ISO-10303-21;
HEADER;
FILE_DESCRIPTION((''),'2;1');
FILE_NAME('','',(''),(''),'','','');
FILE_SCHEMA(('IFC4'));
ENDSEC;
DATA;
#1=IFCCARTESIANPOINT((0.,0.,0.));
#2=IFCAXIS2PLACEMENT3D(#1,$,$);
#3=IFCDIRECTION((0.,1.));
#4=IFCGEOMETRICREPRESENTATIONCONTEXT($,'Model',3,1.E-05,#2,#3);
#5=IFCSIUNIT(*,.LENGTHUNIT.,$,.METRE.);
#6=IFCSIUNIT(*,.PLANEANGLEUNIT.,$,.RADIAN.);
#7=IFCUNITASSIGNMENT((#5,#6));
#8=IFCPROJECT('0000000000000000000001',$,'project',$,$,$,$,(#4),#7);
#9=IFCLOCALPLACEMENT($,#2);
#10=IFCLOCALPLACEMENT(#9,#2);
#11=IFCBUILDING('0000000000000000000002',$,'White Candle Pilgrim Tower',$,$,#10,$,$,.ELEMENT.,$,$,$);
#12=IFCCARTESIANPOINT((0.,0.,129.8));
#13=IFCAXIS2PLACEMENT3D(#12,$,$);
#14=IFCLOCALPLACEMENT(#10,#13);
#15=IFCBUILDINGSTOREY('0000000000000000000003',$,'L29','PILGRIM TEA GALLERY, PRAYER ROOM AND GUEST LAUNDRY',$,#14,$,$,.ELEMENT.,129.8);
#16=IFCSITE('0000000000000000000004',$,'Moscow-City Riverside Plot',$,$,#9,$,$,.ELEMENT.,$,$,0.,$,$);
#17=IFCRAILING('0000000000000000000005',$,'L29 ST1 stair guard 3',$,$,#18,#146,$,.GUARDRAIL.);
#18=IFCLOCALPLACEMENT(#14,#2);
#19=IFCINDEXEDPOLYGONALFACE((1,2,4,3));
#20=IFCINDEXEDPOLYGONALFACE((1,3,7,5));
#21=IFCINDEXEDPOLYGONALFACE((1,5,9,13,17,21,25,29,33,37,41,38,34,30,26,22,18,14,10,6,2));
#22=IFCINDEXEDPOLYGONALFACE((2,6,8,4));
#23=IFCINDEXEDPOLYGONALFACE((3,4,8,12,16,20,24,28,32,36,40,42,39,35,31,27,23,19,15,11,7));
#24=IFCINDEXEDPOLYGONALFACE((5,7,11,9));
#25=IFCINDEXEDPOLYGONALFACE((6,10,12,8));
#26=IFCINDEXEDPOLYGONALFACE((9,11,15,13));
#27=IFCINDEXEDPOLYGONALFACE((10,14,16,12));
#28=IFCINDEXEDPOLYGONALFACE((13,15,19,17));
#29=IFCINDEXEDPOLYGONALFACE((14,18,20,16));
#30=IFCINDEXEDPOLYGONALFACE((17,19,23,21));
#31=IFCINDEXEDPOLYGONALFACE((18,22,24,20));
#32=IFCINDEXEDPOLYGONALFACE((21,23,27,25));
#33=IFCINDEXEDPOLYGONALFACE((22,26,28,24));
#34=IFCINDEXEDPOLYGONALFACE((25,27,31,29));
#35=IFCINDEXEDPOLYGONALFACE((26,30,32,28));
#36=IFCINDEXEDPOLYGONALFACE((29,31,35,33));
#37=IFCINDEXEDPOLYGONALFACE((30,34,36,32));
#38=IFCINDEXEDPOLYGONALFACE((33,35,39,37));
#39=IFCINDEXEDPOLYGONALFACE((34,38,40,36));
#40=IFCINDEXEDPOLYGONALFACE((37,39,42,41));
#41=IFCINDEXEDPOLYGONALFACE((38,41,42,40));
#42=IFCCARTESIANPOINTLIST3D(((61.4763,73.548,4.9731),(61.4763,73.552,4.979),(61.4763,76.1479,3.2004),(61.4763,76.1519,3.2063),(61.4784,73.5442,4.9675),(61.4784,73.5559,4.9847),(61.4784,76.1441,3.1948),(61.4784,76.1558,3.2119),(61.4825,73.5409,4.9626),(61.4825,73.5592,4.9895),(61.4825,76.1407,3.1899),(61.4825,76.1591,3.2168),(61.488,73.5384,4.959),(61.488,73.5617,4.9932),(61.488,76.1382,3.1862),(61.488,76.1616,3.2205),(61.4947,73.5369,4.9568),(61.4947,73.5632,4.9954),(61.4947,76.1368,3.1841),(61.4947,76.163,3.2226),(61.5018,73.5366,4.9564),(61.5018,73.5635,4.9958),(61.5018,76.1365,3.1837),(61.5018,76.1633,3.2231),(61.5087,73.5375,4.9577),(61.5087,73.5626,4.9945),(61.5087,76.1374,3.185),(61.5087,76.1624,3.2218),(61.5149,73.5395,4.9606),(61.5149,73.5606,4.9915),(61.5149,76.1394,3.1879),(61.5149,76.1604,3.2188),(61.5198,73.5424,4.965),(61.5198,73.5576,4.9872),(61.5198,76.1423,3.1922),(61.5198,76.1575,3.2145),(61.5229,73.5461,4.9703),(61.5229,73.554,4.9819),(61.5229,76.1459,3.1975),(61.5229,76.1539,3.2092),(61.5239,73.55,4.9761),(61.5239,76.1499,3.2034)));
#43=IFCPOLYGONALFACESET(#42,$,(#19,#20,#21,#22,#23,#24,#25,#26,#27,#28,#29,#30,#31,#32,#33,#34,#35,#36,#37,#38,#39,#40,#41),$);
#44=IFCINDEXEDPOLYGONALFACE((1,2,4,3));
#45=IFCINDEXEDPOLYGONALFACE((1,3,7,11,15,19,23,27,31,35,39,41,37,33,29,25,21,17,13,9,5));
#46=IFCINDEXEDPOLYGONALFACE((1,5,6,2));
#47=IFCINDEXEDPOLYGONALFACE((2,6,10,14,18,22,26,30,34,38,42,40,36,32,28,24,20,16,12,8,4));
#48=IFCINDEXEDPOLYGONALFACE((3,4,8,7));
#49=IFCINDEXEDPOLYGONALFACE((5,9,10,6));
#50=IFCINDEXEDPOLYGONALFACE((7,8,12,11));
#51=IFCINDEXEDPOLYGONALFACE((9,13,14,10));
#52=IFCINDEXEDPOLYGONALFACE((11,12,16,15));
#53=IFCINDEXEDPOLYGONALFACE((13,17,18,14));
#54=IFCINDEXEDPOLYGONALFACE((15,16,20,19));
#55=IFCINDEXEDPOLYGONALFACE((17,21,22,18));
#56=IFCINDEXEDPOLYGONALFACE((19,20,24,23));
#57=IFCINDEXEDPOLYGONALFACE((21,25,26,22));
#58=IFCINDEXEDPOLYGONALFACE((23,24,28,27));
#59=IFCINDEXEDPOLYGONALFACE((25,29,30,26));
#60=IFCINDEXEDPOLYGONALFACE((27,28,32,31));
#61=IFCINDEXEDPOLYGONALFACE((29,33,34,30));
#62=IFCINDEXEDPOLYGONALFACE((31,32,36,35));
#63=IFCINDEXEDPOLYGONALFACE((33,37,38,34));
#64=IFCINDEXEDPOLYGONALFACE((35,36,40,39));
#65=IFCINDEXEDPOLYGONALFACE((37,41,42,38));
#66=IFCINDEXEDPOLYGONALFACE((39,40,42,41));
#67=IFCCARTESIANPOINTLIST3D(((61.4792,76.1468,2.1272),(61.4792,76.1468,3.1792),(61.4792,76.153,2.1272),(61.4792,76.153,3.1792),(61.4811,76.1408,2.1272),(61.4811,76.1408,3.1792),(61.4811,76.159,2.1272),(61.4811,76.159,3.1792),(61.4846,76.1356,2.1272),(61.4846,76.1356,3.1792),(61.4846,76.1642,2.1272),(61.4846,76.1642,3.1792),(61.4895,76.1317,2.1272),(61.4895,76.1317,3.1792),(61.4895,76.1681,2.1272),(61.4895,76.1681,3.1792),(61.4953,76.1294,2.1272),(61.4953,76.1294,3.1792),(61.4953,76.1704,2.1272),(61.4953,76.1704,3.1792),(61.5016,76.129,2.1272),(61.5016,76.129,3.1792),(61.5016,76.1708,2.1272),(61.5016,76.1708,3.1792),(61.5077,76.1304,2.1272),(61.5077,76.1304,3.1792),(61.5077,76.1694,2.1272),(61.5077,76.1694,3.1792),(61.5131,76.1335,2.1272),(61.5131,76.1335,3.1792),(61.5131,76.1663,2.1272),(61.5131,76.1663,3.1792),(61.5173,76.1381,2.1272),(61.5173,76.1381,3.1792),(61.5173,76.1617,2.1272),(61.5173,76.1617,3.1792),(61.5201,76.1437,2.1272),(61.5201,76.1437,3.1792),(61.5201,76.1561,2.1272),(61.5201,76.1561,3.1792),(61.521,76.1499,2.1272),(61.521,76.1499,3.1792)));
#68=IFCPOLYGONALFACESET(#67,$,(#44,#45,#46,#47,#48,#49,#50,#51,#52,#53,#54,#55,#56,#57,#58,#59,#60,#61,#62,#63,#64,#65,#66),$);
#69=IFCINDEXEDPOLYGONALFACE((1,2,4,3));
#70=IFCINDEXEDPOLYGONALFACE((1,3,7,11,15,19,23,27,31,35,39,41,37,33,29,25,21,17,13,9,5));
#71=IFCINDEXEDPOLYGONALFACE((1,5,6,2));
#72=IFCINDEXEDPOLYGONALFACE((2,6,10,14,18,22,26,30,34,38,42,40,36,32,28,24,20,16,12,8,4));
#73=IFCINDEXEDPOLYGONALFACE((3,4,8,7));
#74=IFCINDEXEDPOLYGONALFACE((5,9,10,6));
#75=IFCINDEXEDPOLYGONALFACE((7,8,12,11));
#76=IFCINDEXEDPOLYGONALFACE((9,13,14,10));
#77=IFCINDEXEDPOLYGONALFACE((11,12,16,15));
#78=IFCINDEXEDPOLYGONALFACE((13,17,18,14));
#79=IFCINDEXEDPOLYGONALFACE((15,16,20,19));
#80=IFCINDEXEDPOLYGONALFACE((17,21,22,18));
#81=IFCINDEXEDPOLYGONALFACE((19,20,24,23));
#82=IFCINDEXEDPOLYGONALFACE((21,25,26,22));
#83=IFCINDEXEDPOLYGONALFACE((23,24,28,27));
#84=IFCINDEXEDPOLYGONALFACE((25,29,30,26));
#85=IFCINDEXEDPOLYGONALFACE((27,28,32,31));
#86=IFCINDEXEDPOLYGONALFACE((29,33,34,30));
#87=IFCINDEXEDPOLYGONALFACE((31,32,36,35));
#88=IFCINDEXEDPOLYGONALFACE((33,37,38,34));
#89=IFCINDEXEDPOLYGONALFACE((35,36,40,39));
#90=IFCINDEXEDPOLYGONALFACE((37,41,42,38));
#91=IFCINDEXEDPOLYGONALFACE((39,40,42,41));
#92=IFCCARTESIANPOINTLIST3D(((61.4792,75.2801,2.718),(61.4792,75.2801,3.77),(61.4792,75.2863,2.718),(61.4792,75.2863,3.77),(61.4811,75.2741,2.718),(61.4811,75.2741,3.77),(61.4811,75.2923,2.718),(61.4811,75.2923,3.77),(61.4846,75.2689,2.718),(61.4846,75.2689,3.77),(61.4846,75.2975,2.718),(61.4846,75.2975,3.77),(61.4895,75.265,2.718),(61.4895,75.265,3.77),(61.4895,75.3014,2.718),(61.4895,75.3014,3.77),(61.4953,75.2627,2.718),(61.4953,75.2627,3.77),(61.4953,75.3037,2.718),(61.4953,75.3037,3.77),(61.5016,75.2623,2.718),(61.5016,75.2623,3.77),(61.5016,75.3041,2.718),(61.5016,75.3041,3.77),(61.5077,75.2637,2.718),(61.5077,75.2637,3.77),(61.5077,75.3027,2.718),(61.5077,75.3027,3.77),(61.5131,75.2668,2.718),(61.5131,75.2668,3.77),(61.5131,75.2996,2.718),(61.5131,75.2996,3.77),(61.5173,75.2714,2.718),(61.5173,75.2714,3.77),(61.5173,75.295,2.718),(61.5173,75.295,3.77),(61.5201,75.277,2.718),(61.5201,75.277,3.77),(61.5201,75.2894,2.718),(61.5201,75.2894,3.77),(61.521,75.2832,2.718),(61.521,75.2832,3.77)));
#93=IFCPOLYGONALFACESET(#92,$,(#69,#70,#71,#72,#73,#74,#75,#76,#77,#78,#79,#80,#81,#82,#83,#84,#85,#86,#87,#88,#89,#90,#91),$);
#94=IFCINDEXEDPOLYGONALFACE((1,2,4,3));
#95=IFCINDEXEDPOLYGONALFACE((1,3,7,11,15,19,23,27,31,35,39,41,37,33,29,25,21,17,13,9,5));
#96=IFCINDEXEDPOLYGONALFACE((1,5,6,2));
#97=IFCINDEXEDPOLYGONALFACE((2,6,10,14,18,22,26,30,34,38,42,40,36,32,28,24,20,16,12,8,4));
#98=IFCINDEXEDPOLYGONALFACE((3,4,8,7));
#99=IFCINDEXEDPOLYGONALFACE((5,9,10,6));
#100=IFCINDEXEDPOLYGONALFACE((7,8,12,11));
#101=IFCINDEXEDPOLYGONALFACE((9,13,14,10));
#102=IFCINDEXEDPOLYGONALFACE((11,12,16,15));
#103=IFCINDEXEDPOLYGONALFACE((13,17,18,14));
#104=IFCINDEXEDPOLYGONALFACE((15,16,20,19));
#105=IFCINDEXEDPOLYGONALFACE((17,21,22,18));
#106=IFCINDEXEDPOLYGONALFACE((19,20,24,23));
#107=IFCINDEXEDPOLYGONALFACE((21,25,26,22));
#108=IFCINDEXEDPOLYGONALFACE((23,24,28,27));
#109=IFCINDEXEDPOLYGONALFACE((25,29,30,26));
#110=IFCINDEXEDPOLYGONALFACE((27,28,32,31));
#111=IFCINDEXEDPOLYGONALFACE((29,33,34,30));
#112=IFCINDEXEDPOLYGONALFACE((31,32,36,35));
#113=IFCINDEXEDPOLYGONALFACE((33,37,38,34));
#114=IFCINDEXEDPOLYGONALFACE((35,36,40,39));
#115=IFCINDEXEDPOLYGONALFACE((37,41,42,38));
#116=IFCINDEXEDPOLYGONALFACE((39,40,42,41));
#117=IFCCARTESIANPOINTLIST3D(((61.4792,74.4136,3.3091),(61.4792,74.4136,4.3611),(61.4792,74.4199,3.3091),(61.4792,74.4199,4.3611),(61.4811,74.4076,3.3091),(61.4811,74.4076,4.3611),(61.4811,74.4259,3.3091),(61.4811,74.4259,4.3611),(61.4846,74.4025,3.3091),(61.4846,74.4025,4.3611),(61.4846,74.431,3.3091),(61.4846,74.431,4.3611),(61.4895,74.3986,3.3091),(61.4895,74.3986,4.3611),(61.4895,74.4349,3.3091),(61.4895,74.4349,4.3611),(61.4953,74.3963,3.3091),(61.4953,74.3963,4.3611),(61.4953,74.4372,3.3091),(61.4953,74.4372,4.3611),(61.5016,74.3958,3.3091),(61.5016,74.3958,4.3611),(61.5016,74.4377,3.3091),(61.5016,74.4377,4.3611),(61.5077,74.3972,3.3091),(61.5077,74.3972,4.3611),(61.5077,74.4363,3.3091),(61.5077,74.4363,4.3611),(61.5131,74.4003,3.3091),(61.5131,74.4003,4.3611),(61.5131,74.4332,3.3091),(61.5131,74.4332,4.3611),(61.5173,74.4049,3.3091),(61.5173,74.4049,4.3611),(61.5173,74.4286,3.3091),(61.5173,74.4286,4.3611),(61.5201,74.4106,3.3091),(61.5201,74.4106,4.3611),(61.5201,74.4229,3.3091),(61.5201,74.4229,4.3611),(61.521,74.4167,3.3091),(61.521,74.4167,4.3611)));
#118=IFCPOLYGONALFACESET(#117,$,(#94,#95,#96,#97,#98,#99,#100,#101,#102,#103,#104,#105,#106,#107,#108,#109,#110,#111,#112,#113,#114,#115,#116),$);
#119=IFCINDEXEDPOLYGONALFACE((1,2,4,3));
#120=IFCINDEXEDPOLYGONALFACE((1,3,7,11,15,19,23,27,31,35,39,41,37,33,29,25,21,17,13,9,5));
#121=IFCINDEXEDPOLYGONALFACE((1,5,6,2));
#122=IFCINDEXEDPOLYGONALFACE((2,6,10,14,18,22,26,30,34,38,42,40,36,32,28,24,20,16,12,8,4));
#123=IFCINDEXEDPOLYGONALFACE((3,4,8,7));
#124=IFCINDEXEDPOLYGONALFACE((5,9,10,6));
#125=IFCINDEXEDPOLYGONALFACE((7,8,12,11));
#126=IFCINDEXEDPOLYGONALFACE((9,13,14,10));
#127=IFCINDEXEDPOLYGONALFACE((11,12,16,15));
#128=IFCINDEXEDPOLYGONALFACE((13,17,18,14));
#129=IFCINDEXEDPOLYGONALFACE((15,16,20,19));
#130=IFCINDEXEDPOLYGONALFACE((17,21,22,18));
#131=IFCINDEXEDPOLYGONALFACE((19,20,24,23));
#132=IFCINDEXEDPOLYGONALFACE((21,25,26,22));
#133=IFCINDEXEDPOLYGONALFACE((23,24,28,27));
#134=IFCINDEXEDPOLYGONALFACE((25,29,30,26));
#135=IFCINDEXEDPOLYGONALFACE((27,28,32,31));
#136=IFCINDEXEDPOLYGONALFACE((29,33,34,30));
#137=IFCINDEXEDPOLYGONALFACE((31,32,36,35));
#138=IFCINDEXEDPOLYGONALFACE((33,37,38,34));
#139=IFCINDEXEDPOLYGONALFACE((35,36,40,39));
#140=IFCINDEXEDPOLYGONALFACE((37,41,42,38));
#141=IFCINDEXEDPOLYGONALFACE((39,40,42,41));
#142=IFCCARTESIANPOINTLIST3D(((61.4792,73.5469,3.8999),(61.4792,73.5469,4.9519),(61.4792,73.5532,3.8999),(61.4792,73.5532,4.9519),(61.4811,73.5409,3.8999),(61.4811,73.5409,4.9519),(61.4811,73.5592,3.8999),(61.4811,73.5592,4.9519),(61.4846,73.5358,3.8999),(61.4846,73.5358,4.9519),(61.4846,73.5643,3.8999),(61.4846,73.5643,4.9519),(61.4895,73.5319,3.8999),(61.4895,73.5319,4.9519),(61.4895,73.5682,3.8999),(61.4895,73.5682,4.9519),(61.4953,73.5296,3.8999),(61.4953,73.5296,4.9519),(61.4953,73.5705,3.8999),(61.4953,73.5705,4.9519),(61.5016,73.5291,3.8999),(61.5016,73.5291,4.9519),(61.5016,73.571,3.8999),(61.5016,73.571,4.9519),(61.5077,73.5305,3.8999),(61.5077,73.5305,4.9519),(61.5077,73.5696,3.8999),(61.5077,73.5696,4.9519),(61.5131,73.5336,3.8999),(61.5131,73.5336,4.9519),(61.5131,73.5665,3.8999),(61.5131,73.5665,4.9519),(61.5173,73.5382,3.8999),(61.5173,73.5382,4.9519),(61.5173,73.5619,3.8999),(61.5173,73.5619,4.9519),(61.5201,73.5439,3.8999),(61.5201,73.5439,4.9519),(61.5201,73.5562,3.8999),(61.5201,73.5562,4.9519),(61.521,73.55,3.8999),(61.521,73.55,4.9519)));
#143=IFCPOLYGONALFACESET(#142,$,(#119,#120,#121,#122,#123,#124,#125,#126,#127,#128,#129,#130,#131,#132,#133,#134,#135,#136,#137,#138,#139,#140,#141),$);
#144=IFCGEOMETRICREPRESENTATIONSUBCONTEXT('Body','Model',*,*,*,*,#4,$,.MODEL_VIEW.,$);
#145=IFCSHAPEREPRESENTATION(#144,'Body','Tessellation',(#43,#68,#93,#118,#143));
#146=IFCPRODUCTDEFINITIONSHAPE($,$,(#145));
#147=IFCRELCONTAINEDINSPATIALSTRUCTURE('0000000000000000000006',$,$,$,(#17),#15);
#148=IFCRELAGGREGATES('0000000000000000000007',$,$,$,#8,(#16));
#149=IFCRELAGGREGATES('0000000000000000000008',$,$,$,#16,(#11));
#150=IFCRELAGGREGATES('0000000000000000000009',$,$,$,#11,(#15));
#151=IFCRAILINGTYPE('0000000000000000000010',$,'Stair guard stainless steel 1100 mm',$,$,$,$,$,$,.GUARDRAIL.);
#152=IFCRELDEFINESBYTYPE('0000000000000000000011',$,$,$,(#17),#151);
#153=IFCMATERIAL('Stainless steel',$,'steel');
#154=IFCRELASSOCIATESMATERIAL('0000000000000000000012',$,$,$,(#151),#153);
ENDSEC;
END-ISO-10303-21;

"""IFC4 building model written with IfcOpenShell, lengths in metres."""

from ifc_helpers import new_model, si_unit, direction, frame, origin, origin_2d, place, context, subcontext, project, spatial, circle, extrude, material, type_object, element, save


model = new_model("IFC4")

# Units and contexts
model_context = context("Model", 3, precision=1e-05, world=origin(), true_north=direction((0.0, 1.0)))
body_context = subcontext(model_context, "Body", "Model", "MODEL_VIEW")
ifc_project = project(units=[si_unit("LENGTHUNIT", "METRE"), si_unit("PLANEANGLEUNIT", "RADIAN")], contexts=[model_context])

# Site, building, storey
site_placement = place(None, origin())
site = spatial("IfcSite", under=ifc_project, at=site_placement, Name="Moscow-City Riverside Plot", CompositionType="ELEMENT", RefElevation=0.0)
building_placement = place(site_placement, origin())
building = spatial("IfcBuilding", under=site, at=building_placement, Name="White Candle Pilgrim Tower", CompositionType="ELEMENT")
storey_placement = place(building_placement, frame((0.0, 0.0, 129.8)))
storey = spatial("IfcBuildingStorey", under=building, at=storey_placement, Name="L29", Description="PILGRIM TEA GALLERY, PRAYER ROOM AND GUEST LAUNDRY", CompositionType="ELEMENT", Elevation=129.8)

# Railing
ifc_material_1 = material(Name="Stainless steel", Category="steel")
railing_type_1 = type_object("IfcRailingType", Name="Stair guard stainless steel 1100 mm", PredefinedType="GUARDRAIL", material=ifc_material_1)
railing_1_placement = place(storey_placement, frame((61.5, 76.1499, 2.1272)))
element("IfcRailing", 1, at=railing_1_placement, inside=storey, type_object=railing_type_1, Name="L29 ST1 stair guard 3", PredefinedType="GUARDRAIL", context=body_context, shape_type="SweptSolid", body=[
    extrude(circle(Radius=0.0239, at=origin_2d()), frame((0.0, 0.0, 1.0762), z_axis=(0.0, -0.826216, 0.563354), x_axis=(1.0, 0.0, 0.0)), (0.0, 0.0, 1.0), 3.1467),
    extrude(circle(Radius=0.021, at=origin_2d()), origin(), (0.0, 0.0, 1.0), 1.052),
    extrude(circle(Radius=0.021, at=origin_2d()), frame((0.0, -0.8667, 0.5908)), (0.0, 0.0, 1.0), 1.052),
    extrude(circle(Radius=0.021, at=origin_2d()), frame((0.0, -1.7332, 1.1819)), (0.0, 0.0, 1.0), 1.052),
    extrude(circle(Radius=0.021, at=origin_2d()), frame((0.0, -2.5999, 1.7727)), (0.0, 0.0, 1.0), 1.052),
])

save(model, "model.ifc")
